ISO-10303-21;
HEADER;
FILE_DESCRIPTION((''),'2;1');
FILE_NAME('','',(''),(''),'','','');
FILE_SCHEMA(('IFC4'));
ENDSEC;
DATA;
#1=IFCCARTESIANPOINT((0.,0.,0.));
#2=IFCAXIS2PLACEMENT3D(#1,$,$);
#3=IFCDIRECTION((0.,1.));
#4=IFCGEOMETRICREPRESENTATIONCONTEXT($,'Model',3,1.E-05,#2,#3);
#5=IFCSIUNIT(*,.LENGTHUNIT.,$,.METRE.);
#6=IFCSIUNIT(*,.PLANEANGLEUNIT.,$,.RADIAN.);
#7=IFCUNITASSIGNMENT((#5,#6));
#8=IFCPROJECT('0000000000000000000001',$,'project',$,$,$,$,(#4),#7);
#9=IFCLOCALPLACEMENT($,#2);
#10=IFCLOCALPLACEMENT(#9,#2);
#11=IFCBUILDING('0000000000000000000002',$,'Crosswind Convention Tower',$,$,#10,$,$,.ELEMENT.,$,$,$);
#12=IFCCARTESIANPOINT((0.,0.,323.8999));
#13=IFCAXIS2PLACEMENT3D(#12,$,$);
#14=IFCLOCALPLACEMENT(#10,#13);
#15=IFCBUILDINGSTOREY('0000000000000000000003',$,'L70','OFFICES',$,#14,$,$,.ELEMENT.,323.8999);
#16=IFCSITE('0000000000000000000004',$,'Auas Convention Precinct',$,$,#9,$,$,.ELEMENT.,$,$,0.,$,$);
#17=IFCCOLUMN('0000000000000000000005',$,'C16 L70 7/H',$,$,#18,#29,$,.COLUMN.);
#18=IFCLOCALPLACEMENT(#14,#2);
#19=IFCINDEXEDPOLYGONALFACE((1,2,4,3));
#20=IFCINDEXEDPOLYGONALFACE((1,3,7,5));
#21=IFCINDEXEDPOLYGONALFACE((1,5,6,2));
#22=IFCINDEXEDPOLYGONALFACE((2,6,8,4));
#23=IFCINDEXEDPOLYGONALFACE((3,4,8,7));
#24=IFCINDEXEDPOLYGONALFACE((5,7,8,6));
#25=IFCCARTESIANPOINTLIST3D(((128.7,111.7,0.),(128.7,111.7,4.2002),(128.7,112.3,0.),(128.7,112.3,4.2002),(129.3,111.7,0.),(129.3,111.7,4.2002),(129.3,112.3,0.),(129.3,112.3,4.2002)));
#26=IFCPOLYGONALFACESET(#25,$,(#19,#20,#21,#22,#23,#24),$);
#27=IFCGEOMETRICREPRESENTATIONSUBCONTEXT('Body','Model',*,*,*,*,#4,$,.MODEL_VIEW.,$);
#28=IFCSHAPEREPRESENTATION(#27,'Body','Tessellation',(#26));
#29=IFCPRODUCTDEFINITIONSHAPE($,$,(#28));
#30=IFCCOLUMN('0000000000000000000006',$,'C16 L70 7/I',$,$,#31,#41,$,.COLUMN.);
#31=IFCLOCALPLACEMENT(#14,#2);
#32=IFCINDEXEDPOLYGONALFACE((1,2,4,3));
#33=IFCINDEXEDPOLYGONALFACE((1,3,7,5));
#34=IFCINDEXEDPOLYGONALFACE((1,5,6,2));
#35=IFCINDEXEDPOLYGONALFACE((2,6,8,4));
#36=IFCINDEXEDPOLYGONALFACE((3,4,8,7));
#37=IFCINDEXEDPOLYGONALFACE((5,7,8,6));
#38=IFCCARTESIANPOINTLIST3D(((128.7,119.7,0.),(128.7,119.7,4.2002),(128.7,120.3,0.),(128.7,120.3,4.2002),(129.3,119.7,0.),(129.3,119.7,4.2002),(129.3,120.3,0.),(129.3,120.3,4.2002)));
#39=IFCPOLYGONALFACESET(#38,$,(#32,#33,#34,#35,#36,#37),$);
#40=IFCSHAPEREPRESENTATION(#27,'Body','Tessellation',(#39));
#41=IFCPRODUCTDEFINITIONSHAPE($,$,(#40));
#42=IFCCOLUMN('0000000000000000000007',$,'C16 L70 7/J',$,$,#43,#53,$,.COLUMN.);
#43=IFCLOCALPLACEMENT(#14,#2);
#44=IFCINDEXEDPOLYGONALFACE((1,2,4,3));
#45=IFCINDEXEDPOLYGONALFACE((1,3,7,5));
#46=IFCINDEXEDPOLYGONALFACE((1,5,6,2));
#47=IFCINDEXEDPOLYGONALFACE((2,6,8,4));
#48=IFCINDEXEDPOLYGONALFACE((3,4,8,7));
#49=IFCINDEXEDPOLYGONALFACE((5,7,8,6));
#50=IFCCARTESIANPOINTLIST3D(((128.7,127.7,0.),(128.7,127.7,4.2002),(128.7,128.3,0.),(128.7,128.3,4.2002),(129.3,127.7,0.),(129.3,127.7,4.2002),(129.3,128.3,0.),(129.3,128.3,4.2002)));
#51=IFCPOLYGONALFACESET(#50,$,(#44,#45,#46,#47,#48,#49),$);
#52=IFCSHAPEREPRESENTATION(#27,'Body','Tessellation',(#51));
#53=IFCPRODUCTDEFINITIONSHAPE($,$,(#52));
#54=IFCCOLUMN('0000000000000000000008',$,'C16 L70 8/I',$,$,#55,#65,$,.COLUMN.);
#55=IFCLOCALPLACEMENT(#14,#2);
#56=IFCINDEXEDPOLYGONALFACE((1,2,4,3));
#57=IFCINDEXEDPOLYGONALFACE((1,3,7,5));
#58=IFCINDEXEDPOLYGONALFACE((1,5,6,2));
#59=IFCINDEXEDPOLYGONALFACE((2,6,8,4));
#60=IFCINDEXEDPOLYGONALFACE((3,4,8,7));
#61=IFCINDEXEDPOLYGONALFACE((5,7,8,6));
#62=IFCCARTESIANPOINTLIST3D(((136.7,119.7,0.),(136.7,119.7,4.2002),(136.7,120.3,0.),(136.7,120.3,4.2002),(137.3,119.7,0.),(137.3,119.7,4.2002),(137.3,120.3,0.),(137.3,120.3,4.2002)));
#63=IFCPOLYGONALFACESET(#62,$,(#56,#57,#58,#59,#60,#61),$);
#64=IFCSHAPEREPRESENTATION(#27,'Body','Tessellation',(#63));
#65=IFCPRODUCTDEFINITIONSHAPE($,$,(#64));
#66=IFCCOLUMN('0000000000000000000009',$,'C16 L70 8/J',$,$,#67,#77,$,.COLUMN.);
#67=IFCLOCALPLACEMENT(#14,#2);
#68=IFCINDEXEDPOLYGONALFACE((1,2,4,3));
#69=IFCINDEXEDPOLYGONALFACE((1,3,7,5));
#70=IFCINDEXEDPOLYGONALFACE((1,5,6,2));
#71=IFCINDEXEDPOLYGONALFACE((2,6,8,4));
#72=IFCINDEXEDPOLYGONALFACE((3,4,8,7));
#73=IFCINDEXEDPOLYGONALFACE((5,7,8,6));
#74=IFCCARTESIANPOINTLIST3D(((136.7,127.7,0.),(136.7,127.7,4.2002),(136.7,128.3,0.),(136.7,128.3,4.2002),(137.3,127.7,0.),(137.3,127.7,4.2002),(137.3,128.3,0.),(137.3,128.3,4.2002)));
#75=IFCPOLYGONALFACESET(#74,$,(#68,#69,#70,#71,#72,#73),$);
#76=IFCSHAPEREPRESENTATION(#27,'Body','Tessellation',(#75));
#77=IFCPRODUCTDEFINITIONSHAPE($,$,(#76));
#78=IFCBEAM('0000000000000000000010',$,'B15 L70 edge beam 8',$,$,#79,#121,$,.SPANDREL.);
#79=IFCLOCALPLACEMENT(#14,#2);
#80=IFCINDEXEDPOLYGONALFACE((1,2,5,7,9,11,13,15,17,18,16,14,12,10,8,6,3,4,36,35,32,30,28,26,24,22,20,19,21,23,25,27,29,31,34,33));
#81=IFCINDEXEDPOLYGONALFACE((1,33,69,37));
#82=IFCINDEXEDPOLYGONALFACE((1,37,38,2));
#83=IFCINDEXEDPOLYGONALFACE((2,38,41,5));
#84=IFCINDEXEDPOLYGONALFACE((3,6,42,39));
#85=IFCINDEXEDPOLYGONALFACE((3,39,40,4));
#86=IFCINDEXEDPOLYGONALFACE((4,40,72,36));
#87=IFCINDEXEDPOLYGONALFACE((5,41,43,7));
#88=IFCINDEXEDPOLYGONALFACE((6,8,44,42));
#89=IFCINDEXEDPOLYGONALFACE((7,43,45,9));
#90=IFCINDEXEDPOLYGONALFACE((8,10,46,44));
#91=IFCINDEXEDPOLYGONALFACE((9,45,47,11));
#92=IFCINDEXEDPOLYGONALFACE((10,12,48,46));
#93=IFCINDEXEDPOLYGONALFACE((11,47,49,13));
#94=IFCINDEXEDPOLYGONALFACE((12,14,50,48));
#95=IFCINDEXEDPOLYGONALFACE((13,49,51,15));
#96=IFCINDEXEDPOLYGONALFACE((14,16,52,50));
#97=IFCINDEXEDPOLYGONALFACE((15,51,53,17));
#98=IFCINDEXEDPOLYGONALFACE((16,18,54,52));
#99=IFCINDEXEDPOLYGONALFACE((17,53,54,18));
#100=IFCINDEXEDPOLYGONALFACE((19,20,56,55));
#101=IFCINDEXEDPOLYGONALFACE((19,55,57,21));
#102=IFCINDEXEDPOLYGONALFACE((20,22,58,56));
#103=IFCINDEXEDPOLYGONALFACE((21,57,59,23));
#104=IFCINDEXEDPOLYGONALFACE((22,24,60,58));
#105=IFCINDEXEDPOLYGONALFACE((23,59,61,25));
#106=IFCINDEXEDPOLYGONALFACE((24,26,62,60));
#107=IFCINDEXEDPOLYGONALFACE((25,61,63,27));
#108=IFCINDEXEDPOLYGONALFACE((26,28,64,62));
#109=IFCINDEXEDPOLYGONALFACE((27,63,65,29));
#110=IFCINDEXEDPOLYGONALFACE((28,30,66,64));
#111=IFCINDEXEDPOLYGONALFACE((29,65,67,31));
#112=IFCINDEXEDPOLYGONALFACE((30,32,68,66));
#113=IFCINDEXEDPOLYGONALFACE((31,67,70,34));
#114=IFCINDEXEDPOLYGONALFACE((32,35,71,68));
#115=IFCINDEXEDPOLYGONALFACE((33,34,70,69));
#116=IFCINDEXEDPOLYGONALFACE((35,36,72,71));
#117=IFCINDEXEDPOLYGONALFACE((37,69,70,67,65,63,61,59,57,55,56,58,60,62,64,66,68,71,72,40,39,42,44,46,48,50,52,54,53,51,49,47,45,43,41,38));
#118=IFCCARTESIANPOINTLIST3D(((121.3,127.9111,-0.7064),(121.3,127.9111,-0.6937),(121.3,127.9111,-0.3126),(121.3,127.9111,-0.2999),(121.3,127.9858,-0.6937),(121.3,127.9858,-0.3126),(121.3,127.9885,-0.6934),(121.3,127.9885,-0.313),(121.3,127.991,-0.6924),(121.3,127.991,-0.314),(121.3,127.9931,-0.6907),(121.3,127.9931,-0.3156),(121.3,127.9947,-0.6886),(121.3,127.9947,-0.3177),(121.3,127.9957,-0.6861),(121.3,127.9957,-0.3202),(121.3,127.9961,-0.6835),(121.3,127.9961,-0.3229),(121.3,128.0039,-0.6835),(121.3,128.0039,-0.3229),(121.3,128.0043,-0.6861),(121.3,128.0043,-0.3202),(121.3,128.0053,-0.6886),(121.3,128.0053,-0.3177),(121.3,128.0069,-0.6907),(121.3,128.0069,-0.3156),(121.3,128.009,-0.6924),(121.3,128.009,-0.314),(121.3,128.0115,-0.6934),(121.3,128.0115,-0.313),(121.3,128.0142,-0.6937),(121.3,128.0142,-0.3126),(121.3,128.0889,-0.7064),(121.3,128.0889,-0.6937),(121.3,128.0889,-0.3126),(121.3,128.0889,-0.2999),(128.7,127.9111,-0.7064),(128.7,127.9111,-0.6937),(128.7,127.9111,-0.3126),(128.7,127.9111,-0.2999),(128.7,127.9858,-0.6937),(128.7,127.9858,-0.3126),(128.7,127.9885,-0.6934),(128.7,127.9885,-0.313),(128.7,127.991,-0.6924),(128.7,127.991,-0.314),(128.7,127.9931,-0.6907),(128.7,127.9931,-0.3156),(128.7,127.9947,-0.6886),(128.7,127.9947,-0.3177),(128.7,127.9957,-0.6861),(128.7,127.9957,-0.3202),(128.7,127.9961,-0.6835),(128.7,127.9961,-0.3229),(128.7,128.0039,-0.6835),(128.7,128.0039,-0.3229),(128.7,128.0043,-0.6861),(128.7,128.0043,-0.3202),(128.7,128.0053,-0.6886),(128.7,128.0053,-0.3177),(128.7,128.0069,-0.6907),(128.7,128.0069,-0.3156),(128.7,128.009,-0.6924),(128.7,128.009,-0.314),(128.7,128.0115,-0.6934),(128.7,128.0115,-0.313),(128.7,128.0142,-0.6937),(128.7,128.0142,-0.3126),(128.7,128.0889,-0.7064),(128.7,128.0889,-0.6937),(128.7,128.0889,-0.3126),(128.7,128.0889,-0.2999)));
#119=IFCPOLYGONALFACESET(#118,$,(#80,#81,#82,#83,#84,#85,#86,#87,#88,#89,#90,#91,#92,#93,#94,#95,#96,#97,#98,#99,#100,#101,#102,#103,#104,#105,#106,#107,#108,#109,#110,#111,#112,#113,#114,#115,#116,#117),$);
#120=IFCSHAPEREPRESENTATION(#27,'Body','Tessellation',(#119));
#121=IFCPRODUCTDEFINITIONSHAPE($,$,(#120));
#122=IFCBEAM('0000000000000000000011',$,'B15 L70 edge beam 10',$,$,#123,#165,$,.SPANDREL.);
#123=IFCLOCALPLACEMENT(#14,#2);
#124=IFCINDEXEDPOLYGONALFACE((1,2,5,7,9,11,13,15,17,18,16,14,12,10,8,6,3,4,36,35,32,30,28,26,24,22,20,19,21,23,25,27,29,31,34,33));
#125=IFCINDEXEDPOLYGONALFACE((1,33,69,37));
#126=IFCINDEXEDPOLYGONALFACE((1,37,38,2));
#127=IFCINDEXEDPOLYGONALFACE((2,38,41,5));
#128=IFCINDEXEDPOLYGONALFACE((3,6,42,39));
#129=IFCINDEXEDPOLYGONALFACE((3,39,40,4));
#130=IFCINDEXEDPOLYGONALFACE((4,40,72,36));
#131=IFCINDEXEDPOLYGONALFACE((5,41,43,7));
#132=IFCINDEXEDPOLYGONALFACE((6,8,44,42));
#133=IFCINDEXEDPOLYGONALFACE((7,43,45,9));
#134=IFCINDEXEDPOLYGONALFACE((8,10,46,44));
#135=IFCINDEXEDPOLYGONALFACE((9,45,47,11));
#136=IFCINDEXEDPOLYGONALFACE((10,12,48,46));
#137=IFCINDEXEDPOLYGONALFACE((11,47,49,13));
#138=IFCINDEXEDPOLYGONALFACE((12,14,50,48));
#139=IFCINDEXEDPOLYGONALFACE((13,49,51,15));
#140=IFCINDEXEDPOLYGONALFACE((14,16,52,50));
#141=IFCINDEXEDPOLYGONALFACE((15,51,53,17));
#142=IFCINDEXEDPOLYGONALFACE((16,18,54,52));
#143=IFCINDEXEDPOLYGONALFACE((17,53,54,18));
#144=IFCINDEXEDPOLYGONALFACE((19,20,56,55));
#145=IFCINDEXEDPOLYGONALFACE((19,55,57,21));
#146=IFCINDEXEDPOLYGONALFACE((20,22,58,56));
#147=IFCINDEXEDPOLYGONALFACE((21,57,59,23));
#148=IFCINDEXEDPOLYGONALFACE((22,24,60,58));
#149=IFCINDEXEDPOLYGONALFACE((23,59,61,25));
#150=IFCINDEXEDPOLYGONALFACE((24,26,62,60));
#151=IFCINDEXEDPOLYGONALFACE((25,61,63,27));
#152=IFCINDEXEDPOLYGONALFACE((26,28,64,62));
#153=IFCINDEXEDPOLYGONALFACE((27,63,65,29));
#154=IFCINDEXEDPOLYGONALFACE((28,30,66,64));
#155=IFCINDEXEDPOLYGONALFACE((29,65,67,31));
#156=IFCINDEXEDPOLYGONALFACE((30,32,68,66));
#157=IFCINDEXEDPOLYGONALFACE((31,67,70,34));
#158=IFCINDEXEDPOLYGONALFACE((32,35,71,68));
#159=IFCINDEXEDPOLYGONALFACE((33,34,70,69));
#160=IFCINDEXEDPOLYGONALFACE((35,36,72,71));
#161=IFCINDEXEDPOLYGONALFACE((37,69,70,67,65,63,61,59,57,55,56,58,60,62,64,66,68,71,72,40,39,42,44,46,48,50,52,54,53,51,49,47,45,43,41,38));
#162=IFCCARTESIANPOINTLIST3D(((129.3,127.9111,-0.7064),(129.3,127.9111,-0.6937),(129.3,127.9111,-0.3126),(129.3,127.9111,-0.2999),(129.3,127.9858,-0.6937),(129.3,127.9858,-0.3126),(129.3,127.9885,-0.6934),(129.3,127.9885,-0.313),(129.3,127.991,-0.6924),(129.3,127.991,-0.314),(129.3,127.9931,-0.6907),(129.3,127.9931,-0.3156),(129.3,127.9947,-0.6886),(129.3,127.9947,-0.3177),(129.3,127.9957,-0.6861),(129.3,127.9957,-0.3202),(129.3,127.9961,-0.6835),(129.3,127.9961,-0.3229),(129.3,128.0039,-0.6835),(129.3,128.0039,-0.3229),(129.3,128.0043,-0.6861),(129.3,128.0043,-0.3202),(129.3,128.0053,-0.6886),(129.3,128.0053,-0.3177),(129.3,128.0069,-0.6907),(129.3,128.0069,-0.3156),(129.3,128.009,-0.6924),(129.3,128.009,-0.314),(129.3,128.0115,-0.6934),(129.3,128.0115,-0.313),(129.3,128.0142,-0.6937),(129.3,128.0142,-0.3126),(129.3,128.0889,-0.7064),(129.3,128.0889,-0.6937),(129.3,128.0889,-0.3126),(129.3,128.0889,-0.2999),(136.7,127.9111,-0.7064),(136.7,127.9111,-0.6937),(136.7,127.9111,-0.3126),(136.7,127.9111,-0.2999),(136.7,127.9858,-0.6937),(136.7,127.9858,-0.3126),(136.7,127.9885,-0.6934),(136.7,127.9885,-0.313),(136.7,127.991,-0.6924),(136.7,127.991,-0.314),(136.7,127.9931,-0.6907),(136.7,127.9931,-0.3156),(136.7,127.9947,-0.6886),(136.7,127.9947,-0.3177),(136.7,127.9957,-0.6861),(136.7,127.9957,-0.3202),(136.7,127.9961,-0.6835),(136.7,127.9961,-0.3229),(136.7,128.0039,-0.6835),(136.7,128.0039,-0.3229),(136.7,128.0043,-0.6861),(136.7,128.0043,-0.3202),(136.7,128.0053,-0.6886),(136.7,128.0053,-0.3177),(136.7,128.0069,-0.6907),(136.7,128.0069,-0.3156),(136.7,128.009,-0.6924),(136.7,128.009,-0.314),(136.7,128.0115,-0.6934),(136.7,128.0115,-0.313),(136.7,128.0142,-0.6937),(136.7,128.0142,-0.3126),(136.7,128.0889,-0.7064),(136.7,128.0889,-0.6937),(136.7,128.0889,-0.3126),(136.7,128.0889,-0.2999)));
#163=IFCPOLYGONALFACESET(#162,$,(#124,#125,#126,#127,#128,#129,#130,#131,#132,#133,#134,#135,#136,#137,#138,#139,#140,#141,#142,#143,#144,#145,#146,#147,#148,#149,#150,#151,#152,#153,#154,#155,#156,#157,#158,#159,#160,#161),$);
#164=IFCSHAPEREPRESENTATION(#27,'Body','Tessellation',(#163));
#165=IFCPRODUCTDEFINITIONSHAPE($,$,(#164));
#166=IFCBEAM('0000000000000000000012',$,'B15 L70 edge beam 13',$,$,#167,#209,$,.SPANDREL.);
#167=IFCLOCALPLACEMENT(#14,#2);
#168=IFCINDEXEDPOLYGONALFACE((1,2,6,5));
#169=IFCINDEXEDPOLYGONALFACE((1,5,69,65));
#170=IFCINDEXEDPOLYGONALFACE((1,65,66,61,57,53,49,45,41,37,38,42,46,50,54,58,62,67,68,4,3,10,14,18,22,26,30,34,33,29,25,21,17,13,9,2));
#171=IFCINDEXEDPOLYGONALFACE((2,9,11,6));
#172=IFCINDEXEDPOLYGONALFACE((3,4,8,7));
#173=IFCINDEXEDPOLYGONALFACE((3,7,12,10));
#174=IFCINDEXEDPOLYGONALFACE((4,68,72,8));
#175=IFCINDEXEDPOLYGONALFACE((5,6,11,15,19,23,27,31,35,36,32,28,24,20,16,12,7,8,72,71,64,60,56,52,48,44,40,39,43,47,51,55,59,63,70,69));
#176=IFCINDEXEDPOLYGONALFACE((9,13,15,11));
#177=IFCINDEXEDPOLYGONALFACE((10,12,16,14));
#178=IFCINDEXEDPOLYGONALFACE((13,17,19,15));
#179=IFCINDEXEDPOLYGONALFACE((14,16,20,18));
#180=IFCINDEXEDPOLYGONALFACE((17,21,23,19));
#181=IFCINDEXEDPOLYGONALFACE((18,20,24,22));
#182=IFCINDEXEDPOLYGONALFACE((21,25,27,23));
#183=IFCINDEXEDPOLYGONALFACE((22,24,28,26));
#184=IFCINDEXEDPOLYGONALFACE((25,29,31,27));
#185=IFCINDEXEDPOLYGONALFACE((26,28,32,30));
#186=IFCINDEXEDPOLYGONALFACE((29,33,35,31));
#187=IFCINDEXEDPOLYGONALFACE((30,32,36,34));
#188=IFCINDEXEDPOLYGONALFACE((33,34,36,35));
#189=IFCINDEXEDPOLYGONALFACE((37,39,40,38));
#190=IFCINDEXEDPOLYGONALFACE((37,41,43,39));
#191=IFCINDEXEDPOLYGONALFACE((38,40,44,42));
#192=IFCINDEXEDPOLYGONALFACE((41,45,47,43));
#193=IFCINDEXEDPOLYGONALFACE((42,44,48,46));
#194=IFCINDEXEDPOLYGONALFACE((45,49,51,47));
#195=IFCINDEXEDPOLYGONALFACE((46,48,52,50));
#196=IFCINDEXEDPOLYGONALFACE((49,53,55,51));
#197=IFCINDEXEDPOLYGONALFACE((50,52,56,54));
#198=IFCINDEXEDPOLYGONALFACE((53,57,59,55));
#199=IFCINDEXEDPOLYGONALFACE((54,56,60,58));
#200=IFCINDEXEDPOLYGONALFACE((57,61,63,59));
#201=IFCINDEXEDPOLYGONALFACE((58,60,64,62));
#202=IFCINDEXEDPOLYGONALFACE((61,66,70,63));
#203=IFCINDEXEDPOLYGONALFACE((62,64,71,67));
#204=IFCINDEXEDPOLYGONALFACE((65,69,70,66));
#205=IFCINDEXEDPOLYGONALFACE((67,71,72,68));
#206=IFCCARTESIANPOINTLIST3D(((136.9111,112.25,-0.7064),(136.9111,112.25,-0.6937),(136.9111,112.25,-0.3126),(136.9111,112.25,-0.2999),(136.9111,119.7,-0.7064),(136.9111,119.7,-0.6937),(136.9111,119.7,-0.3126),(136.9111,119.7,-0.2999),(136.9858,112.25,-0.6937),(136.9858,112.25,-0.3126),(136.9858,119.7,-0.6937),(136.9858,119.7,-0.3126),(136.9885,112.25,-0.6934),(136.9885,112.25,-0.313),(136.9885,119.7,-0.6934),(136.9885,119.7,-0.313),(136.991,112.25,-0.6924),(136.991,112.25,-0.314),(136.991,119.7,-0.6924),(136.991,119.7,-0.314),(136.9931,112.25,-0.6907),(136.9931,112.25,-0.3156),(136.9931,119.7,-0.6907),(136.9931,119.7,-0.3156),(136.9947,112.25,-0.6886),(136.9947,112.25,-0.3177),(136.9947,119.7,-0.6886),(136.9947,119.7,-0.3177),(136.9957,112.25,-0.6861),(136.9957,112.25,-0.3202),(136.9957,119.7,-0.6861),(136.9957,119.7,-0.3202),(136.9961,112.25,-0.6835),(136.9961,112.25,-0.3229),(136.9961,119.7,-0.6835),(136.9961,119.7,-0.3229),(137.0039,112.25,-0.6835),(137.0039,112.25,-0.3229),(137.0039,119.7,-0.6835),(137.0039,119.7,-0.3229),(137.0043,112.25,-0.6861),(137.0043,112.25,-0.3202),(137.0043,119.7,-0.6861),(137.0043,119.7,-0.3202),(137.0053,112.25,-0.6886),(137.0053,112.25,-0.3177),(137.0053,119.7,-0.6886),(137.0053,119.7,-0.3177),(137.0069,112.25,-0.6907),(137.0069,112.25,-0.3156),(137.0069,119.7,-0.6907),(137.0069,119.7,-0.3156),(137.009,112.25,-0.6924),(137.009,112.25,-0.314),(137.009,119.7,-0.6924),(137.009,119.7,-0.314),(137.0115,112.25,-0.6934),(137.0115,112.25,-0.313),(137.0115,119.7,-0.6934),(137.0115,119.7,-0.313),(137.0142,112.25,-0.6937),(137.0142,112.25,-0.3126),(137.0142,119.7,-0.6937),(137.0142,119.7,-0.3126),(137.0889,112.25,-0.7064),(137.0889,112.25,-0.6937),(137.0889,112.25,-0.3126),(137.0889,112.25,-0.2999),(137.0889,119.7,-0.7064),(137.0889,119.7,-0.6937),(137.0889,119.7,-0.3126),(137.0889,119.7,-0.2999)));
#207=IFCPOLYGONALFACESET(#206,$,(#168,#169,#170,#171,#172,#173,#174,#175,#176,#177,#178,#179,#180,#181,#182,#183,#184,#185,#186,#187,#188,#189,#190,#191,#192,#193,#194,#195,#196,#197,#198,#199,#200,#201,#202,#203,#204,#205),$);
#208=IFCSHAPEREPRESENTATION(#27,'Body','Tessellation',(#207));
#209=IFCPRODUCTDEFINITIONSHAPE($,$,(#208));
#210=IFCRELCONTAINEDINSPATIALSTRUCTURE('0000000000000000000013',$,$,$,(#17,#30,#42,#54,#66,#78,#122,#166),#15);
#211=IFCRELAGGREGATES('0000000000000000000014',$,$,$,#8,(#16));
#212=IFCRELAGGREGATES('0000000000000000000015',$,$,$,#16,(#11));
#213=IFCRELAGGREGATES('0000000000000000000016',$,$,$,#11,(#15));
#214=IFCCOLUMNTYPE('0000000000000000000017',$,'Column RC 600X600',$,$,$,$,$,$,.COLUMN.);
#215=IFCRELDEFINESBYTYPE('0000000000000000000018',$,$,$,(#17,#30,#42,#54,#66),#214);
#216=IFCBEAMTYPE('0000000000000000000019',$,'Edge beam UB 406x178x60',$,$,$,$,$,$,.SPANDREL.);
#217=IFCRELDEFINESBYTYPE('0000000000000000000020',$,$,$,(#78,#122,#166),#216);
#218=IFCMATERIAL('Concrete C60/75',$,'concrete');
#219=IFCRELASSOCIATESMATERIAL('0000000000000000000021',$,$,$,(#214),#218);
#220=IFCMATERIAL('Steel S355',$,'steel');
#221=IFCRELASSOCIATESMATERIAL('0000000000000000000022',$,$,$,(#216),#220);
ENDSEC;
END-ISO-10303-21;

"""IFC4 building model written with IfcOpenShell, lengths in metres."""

from ifc_helpers import new_model, si_unit, direction, frame, origin, origin_2d, place, context, subcontext, project, spatial, rectangle, i_section, extrude, material, material_profile, profile_set, type_object, element, save


model = new_model("IFC4")

# Units and contexts
model_context = context("Model", 3, precision=1e-05, world=origin(), true_north=direction((0.0, 1.0)))
body_context = subcontext(model_context, "Body", "Model", "MODEL_VIEW")
ifc_project = project(units=[si_unit("LENGTHUNIT", "METRE"), si_unit("PLANEANGLEUNIT", "RADIAN")], contexts=[model_context])

# Site, building, storey
site_placement = place(None, origin())
site = spatial("IfcSite", under=ifc_project, at=site_placement, Name="Auas Convention Precinct", CompositionType="ELEMENT", RefElevation=0.0)
building_placement = place(site_placement, origin())
building = spatial("IfcBuilding", under=site, at=building_placement, Name="Crosswind Convention Tower", CompositionType="ELEMENT")
storey_placement = place(building_placement, frame((0.0, 0.0, 323.8999)))
storey = spatial("IfcBuildingStorey", under=building, at=storey_placement, Name="L70", Description="OFFICES", CompositionType="ELEMENT", Elevation=323.8999)

# Columns
ifc_material_1 = material(Name="Concrete C60/75", Category="concrete")
ifc_material_profile_1 = material_profile(ifc_material_1, rectangle(XDim=0.6001, YDim=0.6001, at=origin_2d()), Name="RC 600X600")
ifc_profile_set_1 = profile_set([ifc_material_profile_1], Name="Concrete C60/75")
column_type = type_object("IfcColumnType", Name="Column RC 600X600", PredefinedType="COLUMN", material=ifc_profile_set_1)
for number, where, z_axis, x_axis, name in (
    (1, (129.0, 112.0, 0.0), (0.0, 0.0, 1.0), (1.0, 0.0, 0.0), "C16 L70 7/H"),
    (2, (129.0, 120.0, 0.0), (0.0, 0.0, 1.0), (1.0, 0.0, 0.0), "C16 L70 7/I"),
    (3, (129.0, 128.0, 0.0), (0.0, 0.0, 1.0), (1.0, 0.0, 0.0), "C16 L70 7/J"),
    (4, (137.0, 120.0, 0.0), (0.0, 0.0, 1.0), (1.0, 0.0, 0.0), "C16 L70 8/I"),
    (5, (137.0, 128.0, 0.0), (0.0, 0.0, 1.0), (1.0, 0.0, 0.0), "C16 L70 8/J"),
):
    element("IfcColumn", number, at=place(storey_placement, frame(where, z_axis=z_axis, x_axis=x_axis)), inside=storey, type_object=column_type, Name=name, PredefinedType="COLUMN", context=body_context, shape_type="SweptSolid", body=[
        extrude(rectangle(XDim=0.6001, YDim=0.6001, at=origin_2d()), origin(), (0.0, 0.0, 1.0), 4.2002),
    ])

# Beams
ifc_material_2 = material(Name="Steel S355", Category="steel")
ifc_material_profile_2 = material_profile(ifc_material_2, i_section(OverallWidth=0.1777, OverallDepth=0.4065, WebThickness=0.0078, FlangeThickness=0.0127, FilletRadius=0.0103, at=origin_2d()), Name="UB 406x178x60")
ifc_profile_set_2 = profile_set([ifc_material_profile_2], Name="Steel S355")
beam_type_1 = type_object("IfcBeamType", Name="Edge beam UB 406x178x60", PredefinedType="SPANDREL", material=ifc_profile_set_2)
for number, where, z_axis, x_axis, name in (
    (6, (121.3, 128.0, -0.5032), (1.0, 0.0, 0.0), (0.0, 1.0, 0.0), "B15 L70 edge beam 8"),
    (7, (129.3, 128.0, -0.5032), (1.0, 0.0, 0.0), (0.0, 1.0, 0.0), "B15 L70 edge beam 10"),
):
    element("IfcBeam", number, at=place(storey_placement, frame(where, z_axis=z_axis, x_axis=x_axis)), inside=storey, type_object=beam_type_1, Name=name, PredefinedType="SPANDREL", context=body_context, shape_type="SweptSolid", body=[
        extrude(i_section(OverallWidth=0.1777, OverallDepth=0.4065, WebThickness=0.0078, FlangeThickness=0.0127, FilletRadius=0.0103, at=origin_2d()), origin(), (0.0, 0.0, 1.0), 7.3999),
    ])
beam_1_placement = place(storey_placement, frame((137.0, 112.25, -0.5032), z_axis=(0.0, 1.0, 0.0), x_axis=(-1.0, 0.0, 0.0)))
element("IfcBeam", 8, at=beam_1_placement, inside=storey, type_object=beam_type_1, Name="B15 L70 edge beam 13", PredefinedType="SPANDREL", context=body_context, shape_type="SweptSolid", body=[
    extrude(i_section(OverallWidth=0.1777, OverallDepth=0.4065, WebThickness=0.0078, FlangeThickness=0.0127, FilletRadius=0.0103, at=origin_2d()), origin(), (0.0, 0.0, 1.0), 7.45),
])

save(model, "model.ifc")
